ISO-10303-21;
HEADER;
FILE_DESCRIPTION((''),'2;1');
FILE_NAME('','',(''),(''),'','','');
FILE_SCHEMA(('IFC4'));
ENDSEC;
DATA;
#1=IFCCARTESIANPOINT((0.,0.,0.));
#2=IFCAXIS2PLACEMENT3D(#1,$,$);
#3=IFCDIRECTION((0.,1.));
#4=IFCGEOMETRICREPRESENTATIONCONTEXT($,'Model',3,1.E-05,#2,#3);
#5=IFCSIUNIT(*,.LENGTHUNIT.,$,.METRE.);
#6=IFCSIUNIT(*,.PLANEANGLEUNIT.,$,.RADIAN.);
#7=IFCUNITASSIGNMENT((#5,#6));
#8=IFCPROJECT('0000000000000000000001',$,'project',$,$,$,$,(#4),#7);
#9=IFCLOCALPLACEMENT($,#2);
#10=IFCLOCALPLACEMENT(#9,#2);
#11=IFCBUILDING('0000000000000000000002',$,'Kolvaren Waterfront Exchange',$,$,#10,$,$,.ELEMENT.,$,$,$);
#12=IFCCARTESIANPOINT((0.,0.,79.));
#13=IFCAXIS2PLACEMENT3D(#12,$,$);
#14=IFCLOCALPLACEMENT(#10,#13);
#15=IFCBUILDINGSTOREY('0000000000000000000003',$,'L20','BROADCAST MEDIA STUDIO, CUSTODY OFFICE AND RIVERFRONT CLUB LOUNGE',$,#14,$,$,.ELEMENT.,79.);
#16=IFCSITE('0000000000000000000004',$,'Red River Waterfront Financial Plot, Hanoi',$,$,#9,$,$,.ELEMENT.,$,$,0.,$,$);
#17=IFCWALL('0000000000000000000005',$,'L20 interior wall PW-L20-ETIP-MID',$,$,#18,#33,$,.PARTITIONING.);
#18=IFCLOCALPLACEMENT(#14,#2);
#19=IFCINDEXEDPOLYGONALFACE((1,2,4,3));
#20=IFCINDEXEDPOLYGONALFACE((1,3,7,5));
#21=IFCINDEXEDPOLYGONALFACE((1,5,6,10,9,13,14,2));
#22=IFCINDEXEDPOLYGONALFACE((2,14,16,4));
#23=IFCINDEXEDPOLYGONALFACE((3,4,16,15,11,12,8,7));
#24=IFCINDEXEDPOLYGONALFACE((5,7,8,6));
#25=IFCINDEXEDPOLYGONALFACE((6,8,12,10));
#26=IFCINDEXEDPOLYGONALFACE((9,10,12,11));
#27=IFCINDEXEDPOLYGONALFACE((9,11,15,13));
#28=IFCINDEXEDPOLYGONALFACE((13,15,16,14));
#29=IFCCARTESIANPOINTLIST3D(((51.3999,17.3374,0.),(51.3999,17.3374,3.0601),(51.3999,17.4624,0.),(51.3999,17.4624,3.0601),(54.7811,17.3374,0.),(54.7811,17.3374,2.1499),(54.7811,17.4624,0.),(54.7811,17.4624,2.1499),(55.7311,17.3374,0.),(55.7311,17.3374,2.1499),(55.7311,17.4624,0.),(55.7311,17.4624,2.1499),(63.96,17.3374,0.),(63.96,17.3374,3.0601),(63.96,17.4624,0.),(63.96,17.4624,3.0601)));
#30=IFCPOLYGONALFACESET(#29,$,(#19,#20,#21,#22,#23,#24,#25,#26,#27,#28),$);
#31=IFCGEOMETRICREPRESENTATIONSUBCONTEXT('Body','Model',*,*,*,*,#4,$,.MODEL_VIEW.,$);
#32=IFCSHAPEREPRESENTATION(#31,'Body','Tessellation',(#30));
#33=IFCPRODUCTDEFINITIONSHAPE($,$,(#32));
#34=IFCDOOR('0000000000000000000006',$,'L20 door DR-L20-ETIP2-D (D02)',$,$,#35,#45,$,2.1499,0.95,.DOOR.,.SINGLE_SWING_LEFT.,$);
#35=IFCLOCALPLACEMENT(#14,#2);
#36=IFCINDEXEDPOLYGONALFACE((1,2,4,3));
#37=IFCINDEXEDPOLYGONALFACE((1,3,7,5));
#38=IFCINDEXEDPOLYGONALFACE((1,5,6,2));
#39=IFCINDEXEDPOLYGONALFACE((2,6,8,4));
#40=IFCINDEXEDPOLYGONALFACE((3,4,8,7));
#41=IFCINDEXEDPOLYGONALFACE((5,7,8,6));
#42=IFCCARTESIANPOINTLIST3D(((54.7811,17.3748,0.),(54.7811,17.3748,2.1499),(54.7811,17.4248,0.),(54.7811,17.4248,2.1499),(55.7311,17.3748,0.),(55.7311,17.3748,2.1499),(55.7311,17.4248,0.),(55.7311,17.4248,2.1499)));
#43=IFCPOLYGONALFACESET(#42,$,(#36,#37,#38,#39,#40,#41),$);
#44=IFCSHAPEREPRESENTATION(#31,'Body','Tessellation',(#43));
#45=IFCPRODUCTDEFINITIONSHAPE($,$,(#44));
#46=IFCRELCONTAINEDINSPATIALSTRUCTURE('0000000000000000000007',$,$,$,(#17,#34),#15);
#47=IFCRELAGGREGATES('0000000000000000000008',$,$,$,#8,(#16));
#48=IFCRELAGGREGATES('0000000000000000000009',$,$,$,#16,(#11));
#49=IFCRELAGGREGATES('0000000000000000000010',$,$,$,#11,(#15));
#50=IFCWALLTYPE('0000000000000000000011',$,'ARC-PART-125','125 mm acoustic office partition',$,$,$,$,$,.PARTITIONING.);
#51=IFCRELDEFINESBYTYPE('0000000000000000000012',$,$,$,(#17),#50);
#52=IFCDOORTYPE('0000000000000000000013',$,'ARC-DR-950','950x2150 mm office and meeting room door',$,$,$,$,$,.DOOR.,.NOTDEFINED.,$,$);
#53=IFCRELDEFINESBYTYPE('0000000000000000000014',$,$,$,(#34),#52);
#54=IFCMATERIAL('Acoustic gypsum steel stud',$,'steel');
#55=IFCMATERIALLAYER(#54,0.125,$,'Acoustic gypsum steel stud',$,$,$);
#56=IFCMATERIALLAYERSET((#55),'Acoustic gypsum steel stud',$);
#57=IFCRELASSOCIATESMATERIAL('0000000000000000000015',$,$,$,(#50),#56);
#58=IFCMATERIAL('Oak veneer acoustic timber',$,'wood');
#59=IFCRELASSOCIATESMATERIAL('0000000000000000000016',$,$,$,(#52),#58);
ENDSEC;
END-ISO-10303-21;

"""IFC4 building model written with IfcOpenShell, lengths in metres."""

from ifc_helpers import new_model, si_unit, direction, frame, frame_2d, origin, place, context, subcontext, project, spatial, rectangle, extrude, material, layer, layer_set, type_object, element, fill, save


model = new_model("IFC4")

# Units and contexts
model_context = context("Model", 3, precision=1e-05, world=origin(), true_north=direction((0.0, 1.0)))
body_context = subcontext(model_context, "Body", "Model", "MODEL_VIEW")
ifc_project = project(units=[si_unit("LENGTHUNIT", "METRE"), si_unit("PLANEANGLEUNIT", "RADIAN")], contexts=[model_context])

# Site, building, storey
site_placement = place(None, origin())
site = spatial("IfcSite", under=ifc_project, at=site_placement, Name="Red River Waterfront Financial Plot, Hanoi", CompositionType="ELEMENT", RefElevation=0.0)
building_placement = place(site_placement, origin())
building = spatial("IfcBuilding", under=site, at=building_placement, Name="Kolvaren Waterfront Exchange", CompositionType="ELEMENT")
storey_placement = place(building_placement, frame((0.0, 0.0, 79.0)))
storey = spatial("IfcBuildingStorey", under=building, at=storey_placement, Name="L20", Description="BROADCAST MEDIA STUDIO, CUSTODY OFFICE AND RIVERFRONT CLUB LOUNGE", CompositionType="ELEMENT", Elevation=79.0)

# Wall, opening, door
ifc_material_1 = material(Name="Acoustic gypsum steel stud", Category="steel")
ifc_layer_1 = layer(ifc_material_1, 0.125, Name="Acoustic gypsum steel stud")
ifc_layer_set_1 = layer_set([ifc_layer_1], Name="Acoustic gypsum steel stud")
wall_type_1 = type_object("IfcWallType", Name="ARC-PART-125", Description="125 mm acoustic office partition", PredefinedType="PARTITIONING", material=ifc_layer_set_1)
wall_1_placement = place(storey_placement, frame((51.3999, 17.3999, 0.0), z_axis=(0.0, 0.0, 1.0), x_axis=(1.0, 0.0, 0.0)))
wall_1 = element("IfcWall", 1, at=wall_1_placement, inside=storey, type_object=wall_type_1, Name="L20 interior wall PW-L20-ETIP-MID", PredefinedType="PARTITIONING", context=body_context, shape_type="SweptSolid", body=[
    extrude(rectangle(XDim=12.5601, YDim=0.125, at=frame_2d((6.28, 0.0))), origin(), (0.0, 0.0, 1.0), 3.0601),
])
opening_placement = place(wall_1_placement, frame((3.3811, 0.0, 0.0)))
opening = element("IfcOpeningElement", 2, at=opening_placement, cuts=wall_1, PredefinedType="OPENING", context=body_context, shape_type="SweptSolid", body=[
    extrude(rectangle(XDim=0.95, YDim=2.1499, at=frame_2d((0.4751, 1.075))), frame((0.0, 0.0725, 0.0), z_axis=(0.0, -1.0, 0.0), x_axis=(1.0, 0.0, 0.0)), (0.0, 0.0, 1.0), 0.145),
])
ifc_material_2 = material(Name="Oak veneer acoustic timber", Category="wood")
door_type = type_object("IfcDoorType", Name="ARC-DR-950", Description="950x2150 mm office and meeting room door", OperationType="NOTDEFINED", PredefinedType="DOOR", material=ifc_material_2)
door_placement = place(opening_placement, origin())
door = element("IfcDoor", 3, at=door_placement, inside=storey, type_object=door_type, Name="L20 door DR-L20-ETIP2-D (D02)", OperationType="SINGLE_SWING_LEFT", OverallHeight=2.1499, OverallWidth=0.95, PredefinedType="DOOR", context=body_context, shape_type="SweptSolid", body=[
    extrude(rectangle(XDim=0.95, YDim=2.1499, at=frame_2d((0.4751, 1.075))), frame((0.0, 0.0249, 0.0), z_axis=(0.0, -1.0, 0.0), x_axis=(1.0, 0.0, 0.0)), (0.0, 0.0, 1.0), 0.05),
])
fill(opening, door)

save(model, "model.ifc")
